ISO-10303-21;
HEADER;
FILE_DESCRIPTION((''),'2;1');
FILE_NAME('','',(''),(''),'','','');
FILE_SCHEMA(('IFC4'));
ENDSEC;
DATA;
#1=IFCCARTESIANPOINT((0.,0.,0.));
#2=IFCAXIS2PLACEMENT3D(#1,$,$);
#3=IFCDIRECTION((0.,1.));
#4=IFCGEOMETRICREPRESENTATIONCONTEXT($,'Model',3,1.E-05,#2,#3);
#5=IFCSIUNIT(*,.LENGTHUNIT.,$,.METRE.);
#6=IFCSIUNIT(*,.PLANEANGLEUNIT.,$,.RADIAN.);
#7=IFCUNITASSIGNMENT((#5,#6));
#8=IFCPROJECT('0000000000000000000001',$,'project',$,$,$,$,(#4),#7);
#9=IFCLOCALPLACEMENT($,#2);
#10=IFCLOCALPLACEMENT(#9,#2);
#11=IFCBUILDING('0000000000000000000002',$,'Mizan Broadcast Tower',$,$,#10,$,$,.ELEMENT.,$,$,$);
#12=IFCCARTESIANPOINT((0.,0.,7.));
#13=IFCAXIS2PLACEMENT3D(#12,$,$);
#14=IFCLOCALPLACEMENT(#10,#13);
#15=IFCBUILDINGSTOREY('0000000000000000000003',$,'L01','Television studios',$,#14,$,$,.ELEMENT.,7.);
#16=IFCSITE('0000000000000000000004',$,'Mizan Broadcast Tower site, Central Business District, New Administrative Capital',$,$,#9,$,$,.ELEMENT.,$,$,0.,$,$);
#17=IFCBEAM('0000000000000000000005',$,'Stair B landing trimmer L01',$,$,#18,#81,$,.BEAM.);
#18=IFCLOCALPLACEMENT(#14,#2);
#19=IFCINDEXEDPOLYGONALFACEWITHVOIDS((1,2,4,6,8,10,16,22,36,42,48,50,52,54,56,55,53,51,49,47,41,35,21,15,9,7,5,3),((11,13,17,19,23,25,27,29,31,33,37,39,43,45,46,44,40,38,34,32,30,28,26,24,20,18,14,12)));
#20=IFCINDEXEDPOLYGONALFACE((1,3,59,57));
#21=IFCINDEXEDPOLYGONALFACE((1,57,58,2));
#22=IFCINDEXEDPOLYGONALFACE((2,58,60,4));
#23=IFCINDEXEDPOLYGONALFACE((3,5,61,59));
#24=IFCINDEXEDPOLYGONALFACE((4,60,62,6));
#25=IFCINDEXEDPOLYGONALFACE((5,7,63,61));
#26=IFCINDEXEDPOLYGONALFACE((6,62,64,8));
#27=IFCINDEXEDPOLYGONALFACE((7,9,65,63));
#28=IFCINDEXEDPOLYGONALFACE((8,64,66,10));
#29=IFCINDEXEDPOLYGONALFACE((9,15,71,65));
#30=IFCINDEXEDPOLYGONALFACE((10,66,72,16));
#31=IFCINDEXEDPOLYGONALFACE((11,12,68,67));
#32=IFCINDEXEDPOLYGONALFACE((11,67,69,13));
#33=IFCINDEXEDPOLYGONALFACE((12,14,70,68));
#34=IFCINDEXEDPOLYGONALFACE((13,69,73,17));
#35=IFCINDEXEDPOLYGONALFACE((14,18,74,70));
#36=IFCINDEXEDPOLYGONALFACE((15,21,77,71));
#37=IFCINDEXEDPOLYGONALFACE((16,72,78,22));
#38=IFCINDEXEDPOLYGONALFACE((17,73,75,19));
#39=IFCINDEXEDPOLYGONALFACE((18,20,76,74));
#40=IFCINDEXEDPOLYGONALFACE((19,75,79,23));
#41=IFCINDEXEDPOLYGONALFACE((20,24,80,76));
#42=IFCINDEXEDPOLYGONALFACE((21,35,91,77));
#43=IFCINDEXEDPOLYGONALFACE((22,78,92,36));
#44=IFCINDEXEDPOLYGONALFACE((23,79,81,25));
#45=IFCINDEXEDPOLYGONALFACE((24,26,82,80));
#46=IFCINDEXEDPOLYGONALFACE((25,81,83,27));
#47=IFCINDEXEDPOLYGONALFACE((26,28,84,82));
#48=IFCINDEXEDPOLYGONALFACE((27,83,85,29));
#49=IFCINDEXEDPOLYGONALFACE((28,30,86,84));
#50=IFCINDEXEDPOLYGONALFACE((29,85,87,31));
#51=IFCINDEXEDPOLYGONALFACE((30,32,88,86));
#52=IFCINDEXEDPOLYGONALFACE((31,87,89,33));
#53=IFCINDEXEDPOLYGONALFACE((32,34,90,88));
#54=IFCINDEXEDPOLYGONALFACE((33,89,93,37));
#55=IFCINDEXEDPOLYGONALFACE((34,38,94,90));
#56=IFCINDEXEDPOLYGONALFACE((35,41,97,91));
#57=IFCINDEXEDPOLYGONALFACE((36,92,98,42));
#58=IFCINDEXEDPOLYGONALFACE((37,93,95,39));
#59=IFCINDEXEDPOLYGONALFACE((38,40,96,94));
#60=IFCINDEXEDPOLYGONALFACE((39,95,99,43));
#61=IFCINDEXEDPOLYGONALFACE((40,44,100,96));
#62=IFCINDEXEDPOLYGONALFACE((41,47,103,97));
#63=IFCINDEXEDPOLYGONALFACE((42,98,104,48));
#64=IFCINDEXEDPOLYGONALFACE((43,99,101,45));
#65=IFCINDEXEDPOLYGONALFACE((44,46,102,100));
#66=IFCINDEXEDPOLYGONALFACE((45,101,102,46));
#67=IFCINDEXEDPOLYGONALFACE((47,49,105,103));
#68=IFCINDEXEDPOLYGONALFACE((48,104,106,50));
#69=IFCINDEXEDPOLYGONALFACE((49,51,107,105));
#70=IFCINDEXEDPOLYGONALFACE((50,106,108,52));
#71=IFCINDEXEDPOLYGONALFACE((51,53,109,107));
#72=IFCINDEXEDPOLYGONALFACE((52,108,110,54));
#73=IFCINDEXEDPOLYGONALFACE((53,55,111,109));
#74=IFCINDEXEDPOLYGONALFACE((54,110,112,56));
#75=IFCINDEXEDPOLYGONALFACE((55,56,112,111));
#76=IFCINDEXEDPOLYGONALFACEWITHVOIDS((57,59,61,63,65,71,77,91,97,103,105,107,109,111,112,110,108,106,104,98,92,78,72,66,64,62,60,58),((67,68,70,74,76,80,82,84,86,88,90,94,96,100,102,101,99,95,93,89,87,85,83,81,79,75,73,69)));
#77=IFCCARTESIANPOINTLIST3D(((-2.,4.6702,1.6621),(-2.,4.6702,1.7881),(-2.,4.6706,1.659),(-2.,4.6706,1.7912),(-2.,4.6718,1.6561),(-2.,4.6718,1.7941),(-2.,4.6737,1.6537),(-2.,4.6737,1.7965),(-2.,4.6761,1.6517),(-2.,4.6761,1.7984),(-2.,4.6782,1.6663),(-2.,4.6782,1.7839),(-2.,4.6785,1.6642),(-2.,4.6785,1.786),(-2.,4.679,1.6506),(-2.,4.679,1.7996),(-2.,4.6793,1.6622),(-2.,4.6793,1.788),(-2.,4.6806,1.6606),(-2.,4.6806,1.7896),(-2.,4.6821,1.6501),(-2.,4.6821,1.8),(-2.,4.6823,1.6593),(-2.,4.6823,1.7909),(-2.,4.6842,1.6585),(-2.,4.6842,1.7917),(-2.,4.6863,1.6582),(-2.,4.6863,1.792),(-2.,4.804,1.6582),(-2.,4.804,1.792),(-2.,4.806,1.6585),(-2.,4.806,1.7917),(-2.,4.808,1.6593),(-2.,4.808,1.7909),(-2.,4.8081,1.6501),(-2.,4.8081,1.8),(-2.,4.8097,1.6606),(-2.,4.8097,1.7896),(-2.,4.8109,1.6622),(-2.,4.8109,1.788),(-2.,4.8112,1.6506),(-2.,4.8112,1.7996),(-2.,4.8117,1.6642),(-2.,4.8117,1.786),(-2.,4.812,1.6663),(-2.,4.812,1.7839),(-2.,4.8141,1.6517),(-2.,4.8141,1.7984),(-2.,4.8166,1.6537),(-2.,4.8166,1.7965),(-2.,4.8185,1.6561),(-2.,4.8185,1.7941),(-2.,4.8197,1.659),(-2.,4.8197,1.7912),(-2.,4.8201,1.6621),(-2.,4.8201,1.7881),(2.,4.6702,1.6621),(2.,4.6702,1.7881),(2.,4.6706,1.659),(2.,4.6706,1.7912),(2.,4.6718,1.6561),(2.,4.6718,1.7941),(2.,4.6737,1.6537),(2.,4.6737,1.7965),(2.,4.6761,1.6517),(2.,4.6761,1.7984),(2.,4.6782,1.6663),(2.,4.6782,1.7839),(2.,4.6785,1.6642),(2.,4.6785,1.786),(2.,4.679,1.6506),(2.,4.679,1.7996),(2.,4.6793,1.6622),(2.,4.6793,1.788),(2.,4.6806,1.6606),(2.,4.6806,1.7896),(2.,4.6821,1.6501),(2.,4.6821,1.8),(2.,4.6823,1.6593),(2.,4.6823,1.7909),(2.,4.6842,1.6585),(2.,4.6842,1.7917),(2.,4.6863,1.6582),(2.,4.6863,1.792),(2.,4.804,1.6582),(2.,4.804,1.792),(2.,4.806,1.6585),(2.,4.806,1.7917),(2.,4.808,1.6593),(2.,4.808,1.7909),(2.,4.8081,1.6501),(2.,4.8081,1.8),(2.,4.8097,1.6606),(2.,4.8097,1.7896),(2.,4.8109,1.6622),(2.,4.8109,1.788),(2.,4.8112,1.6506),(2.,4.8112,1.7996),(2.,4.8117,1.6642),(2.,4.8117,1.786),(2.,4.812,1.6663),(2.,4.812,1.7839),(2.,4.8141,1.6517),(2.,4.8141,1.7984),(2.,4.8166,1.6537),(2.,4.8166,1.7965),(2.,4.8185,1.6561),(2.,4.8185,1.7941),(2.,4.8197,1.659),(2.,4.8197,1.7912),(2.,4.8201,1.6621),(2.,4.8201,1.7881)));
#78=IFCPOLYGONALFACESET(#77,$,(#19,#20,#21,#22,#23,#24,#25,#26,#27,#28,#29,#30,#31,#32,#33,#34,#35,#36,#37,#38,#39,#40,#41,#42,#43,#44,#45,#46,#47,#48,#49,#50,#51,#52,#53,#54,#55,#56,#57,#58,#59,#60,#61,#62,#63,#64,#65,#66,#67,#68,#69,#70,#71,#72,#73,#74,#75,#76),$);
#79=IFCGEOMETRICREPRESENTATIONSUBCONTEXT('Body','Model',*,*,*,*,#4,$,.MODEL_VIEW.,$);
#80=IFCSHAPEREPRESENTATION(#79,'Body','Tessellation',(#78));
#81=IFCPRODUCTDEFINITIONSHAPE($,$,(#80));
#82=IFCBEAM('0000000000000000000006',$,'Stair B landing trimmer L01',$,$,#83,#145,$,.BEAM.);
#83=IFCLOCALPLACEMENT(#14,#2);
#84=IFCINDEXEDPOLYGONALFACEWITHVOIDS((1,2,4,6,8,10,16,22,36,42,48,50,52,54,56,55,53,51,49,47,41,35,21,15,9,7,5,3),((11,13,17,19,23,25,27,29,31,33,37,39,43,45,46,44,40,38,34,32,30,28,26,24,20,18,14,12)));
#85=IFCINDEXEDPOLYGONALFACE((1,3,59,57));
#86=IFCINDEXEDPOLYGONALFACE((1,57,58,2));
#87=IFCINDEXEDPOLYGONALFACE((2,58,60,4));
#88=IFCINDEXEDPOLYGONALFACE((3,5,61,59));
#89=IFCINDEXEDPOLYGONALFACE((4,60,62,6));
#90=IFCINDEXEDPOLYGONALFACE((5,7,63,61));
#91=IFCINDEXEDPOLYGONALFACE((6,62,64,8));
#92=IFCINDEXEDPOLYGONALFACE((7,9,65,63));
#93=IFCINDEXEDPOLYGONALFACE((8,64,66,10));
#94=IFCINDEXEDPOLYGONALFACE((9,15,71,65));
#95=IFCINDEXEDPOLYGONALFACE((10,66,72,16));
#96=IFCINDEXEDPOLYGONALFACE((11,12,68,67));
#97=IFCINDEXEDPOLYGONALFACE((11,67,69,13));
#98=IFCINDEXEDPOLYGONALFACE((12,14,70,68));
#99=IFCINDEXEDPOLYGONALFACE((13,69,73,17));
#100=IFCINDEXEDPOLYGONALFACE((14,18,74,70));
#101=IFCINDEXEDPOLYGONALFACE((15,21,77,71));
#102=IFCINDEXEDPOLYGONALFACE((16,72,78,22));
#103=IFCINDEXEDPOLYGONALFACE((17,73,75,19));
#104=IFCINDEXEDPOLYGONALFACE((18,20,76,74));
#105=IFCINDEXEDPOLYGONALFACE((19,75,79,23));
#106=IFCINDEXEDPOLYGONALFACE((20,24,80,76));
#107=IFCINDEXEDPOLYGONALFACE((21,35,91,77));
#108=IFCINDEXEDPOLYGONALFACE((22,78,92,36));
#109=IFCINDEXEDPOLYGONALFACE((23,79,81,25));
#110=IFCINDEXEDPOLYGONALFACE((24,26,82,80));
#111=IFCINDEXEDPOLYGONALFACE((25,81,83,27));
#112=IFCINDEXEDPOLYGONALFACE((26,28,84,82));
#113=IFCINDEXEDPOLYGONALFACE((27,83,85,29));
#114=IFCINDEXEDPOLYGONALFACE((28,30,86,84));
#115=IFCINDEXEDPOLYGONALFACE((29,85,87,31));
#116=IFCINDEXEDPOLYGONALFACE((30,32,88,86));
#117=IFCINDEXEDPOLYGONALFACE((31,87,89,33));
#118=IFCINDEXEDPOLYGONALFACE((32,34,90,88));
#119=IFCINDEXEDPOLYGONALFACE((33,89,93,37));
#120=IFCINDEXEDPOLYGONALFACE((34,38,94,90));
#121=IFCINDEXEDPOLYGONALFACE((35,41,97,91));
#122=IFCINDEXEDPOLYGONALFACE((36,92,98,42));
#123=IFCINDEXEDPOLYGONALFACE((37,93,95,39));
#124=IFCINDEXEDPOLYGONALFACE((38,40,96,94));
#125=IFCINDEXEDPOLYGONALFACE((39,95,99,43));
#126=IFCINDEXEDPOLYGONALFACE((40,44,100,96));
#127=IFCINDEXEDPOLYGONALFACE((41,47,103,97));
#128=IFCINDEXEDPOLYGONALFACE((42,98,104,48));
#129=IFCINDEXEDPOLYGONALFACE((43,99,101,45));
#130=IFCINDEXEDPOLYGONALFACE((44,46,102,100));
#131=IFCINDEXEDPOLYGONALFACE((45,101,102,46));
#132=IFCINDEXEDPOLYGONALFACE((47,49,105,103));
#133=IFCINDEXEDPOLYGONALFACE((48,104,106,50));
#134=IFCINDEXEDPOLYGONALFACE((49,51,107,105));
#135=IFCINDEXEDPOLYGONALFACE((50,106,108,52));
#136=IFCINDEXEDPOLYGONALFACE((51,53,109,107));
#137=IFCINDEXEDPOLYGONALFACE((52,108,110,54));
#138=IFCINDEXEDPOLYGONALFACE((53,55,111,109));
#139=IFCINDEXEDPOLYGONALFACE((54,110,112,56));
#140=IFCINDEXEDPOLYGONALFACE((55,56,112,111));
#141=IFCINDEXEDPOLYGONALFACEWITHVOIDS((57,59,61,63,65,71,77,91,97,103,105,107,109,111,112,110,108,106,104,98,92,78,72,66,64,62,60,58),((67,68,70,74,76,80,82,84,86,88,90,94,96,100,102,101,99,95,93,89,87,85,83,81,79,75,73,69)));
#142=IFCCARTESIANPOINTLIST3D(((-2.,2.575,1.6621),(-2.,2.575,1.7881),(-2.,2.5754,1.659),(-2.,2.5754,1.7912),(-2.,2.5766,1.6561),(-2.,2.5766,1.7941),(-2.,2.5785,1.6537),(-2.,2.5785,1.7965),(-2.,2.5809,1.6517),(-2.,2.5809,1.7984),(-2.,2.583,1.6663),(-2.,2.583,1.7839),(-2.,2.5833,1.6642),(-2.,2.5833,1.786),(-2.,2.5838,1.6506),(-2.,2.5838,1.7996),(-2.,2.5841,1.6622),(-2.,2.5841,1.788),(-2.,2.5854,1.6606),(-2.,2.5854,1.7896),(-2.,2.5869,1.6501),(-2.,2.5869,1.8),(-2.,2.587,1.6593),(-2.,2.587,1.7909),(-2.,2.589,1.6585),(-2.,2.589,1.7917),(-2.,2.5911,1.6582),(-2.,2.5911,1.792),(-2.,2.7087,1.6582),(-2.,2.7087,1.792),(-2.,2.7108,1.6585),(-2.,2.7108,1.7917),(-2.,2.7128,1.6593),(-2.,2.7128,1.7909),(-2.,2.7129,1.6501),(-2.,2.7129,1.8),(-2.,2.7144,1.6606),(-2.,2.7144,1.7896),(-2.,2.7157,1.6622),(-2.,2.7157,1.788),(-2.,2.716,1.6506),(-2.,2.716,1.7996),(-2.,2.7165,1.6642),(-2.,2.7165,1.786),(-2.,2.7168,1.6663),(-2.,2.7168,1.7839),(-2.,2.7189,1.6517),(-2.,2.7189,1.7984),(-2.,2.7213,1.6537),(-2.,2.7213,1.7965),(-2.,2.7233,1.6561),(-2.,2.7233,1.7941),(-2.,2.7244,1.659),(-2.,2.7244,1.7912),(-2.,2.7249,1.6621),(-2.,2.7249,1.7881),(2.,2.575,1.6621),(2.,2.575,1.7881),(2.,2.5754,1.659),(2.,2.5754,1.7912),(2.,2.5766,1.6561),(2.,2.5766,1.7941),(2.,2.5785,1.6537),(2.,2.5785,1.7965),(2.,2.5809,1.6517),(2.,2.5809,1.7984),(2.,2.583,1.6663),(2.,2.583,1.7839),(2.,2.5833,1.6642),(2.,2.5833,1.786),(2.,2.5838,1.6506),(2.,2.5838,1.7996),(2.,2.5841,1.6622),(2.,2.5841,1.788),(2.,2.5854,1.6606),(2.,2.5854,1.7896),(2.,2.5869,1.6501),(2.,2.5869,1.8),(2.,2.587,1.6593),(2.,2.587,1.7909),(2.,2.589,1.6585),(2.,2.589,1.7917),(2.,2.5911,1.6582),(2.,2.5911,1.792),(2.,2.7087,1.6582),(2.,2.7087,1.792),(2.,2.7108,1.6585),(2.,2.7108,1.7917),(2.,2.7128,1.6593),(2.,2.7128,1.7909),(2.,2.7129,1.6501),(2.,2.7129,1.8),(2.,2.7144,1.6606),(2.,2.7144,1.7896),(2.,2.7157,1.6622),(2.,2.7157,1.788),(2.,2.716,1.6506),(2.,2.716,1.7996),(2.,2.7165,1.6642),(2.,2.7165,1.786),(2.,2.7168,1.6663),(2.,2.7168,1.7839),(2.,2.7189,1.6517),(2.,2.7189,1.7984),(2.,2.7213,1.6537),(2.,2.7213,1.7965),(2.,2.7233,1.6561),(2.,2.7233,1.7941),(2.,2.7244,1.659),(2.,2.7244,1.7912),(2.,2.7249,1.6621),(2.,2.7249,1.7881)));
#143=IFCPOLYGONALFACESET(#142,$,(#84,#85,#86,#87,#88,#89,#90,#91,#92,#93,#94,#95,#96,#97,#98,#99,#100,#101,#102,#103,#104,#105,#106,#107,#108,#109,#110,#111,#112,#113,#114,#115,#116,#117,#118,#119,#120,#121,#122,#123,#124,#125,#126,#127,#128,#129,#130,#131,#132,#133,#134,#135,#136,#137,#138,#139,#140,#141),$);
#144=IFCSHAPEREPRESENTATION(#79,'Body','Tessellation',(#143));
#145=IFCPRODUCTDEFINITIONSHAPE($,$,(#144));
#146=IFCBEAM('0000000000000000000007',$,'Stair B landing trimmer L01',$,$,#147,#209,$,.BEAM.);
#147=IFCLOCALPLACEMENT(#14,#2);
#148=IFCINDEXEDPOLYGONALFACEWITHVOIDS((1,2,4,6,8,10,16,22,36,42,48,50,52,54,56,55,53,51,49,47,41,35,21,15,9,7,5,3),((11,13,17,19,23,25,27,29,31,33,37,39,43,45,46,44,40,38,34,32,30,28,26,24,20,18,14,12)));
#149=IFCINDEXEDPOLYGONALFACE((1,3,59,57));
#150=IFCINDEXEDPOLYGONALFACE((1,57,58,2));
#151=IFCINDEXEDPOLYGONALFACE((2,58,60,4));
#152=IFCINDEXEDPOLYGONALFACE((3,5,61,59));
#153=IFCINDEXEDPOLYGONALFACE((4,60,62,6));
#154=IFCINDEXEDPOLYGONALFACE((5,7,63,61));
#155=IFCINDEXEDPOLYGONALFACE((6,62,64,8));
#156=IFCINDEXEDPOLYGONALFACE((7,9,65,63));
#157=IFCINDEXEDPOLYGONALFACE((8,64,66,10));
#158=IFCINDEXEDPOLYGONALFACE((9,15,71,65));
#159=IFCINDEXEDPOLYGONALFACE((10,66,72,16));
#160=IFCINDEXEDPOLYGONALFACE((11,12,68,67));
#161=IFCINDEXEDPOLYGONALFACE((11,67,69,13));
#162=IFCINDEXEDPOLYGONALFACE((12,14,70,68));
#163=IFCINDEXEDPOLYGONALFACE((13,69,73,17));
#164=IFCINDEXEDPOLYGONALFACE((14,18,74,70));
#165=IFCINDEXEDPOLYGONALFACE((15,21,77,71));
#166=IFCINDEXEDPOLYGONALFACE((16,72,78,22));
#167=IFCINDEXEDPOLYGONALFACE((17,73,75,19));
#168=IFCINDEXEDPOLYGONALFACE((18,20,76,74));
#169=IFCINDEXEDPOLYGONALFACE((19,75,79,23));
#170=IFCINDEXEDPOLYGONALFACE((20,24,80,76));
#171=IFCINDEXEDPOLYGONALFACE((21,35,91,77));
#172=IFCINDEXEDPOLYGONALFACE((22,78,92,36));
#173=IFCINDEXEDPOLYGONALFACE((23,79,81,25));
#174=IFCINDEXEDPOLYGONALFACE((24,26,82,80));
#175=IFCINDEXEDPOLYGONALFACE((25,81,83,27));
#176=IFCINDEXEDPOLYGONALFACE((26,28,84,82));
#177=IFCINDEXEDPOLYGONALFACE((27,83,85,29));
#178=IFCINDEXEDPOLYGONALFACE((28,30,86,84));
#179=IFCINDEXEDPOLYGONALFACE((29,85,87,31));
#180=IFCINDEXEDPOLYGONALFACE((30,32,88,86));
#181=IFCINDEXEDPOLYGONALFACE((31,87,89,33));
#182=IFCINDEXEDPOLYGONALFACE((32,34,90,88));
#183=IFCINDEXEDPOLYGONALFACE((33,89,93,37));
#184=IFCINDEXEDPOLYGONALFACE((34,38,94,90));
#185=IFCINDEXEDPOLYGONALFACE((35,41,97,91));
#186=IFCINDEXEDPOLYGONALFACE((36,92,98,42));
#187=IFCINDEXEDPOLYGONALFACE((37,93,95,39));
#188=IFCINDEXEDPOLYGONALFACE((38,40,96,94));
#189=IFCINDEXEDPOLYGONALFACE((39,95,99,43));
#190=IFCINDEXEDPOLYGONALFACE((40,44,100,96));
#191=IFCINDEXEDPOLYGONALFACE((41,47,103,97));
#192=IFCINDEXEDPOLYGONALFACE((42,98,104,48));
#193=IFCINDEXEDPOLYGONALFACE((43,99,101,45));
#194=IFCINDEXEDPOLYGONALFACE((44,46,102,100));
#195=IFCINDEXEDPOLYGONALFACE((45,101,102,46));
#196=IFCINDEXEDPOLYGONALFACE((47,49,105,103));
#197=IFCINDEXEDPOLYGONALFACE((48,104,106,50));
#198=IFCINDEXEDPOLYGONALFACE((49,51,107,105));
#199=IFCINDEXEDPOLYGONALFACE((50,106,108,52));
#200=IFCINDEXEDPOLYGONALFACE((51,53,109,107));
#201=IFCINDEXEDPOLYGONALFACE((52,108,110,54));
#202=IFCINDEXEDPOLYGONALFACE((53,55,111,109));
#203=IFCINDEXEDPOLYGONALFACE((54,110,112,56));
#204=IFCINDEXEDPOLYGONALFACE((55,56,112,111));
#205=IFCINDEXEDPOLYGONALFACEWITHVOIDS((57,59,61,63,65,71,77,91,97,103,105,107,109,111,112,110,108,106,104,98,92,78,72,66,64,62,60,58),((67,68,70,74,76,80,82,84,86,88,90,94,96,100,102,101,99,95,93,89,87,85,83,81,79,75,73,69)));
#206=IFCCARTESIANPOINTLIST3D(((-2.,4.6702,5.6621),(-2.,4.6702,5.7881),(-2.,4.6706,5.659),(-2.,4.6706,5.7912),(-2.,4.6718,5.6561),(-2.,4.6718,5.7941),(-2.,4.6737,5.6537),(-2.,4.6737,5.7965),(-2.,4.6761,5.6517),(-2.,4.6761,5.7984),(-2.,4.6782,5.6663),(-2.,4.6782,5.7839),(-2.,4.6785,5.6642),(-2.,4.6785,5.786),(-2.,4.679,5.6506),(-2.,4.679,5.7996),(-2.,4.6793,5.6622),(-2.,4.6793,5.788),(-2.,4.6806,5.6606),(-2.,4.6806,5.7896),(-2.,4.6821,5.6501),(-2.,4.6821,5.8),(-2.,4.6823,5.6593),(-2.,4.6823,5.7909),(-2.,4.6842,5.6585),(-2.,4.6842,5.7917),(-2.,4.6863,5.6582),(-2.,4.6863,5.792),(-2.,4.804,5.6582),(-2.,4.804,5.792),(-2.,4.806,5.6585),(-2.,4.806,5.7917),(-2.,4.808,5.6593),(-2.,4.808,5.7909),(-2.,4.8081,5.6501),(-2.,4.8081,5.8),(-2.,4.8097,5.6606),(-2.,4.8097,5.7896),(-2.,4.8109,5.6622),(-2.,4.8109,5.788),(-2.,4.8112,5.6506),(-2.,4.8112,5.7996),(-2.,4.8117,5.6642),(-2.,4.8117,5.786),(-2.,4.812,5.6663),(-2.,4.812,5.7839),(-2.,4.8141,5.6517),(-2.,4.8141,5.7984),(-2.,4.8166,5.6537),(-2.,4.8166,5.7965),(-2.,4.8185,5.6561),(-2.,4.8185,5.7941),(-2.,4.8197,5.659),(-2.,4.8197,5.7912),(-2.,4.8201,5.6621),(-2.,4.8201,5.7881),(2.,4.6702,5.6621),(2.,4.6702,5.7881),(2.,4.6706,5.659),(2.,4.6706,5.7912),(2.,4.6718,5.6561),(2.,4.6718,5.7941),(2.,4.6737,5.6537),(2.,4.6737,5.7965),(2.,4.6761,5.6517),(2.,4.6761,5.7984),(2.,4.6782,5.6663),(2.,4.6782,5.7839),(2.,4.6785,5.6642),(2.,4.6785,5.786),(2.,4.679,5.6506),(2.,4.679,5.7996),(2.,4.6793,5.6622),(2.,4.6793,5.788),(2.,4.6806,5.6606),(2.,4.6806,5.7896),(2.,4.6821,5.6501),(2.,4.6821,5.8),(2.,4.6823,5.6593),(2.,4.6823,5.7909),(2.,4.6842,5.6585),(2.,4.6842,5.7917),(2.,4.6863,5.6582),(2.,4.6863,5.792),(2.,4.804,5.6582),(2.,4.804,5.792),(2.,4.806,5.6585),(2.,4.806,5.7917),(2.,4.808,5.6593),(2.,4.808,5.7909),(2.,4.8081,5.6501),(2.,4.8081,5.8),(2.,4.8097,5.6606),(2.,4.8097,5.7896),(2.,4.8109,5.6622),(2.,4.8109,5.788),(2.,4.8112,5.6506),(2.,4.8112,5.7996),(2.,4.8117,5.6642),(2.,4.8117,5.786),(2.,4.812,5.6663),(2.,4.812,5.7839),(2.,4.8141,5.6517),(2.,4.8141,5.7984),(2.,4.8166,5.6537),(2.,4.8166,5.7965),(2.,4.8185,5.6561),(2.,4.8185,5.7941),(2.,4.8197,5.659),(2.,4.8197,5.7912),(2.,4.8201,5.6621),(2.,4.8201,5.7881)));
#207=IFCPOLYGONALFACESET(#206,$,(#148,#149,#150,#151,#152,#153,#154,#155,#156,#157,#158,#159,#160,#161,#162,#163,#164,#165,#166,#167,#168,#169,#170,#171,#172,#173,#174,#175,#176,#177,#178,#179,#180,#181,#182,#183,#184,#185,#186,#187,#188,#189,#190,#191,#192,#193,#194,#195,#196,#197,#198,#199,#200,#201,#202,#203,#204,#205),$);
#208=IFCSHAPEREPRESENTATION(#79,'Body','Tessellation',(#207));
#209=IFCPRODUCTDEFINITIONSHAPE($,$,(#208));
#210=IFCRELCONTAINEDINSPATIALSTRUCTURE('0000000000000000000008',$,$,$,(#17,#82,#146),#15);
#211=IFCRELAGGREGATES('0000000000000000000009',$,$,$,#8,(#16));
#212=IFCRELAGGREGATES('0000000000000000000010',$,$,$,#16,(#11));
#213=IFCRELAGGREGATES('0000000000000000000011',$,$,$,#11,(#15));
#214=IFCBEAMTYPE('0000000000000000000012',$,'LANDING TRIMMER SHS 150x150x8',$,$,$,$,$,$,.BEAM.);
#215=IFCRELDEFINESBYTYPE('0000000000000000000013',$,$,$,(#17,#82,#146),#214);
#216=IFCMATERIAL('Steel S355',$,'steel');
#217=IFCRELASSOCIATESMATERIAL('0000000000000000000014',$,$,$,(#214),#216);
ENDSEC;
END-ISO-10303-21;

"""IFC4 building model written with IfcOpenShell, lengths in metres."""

from ifc_helpers import new_model, si_unit, direction, frame, origin, origin_2d, place, context, subcontext, project, spatial, hollow_rectangle, extrude, material, material_profile, profile_set, type_object, element, save


model = new_model("IFC4")

# Units and contexts
model_context = context("Model", 3, precision=1e-05, world=origin(), true_north=direction((0.0, 1.0)))
body_context = subcontext(model_context, "Body", "Model", "MODEL_VIEW")
ifc_project = project(units=[si_unit("LENGTHUNIT", "METRE"), si_unit("PLANEANGLEUNIT", "RADIAN")], contexts=[model_context])

# Site, building, storey
site_placement = place(None, origin())
site = spatial("IfcSite", under=ifc_project, at=site_placement, Name="Mizan Broadcast Tower site, Central Business District, New Administrative Capital", CompositionType="ELEMENT", RefElevation=0.0)
building_placement = place(site_placement, origin())
building = spatial("IfcBuilding", under=site, at=building_placement, Name="Mizan Broadcast Tower", CompositionType="ELEMENT")
storey_placement = place(building_placement, frame((0.0, 0.0, 7.0)))
storey = spatial("IfcBuildingStorey", under=building, at=storey_placement, Name="L01", Description="Television studios", CompositionType="ELEMENT", Elevation=7.0)

# Beams
ifc_material_1 = material(Name="Steel S355", Category="steel")
ifc_material_profile_1 = material_profile(ifc_material_1, hollow_rectangle(XDim=0.1499, YDim=0.1499, WallThickness=0.0081, InnerFilletRadius=0.0081, OuterFilletRadius=0.012, at=origin_2d()), Name="SHS 150x150x8")
ifc_profile_set_1 = profile_set([ifc_material_profile_1], Name="Steel S355")
beam_type_1 = type_object("IfcBeamType", Name="LANDING TRIMMER SHS 150x150x8", PredefinedType="BEAM", material=ifc_profile_set_1)
for number, where, z_axis, x_axis, name in (
    (1, (2.0, 4.7451, 1.7251), (-1.0, 0.0, 0.0), (0.0, -1.0, 0.0), "Stair B landing trimmer L01"),
    (2, (2.0, 2.6499, 1.7251), (-1.0, 0.0, 0.0), (0.0, -1.0, 0.0), "Stair B landing trimmer L01"),
    (3, (2.0, 4.7451, 5.7251), (-1.0, 0.0, 0.0), (0.0, -1.0, 0.0), "Stair B landing trimmer L01"),
):
    element("IfcBeam", number, at=place(storey_placement, frame(where, z_axis=z_axis, x_axis=x_axis)), inside=storey, type_object=beam_type_1, Name=name, PredefinedType="BEAM", context=body_context, shape_type="SweptSolid", body=[
        extrude(hollow_rectangle(XDim=0.1499, YDim=0.1499, WallThickness=0.0081, InnerFilletRadius=0.0081, OuterFilletRadius=0.012, at=origin_2d()), origin(), (0.0, 0.0, 1.0), 4.0),
    ])

save(model, "model.ifc")
